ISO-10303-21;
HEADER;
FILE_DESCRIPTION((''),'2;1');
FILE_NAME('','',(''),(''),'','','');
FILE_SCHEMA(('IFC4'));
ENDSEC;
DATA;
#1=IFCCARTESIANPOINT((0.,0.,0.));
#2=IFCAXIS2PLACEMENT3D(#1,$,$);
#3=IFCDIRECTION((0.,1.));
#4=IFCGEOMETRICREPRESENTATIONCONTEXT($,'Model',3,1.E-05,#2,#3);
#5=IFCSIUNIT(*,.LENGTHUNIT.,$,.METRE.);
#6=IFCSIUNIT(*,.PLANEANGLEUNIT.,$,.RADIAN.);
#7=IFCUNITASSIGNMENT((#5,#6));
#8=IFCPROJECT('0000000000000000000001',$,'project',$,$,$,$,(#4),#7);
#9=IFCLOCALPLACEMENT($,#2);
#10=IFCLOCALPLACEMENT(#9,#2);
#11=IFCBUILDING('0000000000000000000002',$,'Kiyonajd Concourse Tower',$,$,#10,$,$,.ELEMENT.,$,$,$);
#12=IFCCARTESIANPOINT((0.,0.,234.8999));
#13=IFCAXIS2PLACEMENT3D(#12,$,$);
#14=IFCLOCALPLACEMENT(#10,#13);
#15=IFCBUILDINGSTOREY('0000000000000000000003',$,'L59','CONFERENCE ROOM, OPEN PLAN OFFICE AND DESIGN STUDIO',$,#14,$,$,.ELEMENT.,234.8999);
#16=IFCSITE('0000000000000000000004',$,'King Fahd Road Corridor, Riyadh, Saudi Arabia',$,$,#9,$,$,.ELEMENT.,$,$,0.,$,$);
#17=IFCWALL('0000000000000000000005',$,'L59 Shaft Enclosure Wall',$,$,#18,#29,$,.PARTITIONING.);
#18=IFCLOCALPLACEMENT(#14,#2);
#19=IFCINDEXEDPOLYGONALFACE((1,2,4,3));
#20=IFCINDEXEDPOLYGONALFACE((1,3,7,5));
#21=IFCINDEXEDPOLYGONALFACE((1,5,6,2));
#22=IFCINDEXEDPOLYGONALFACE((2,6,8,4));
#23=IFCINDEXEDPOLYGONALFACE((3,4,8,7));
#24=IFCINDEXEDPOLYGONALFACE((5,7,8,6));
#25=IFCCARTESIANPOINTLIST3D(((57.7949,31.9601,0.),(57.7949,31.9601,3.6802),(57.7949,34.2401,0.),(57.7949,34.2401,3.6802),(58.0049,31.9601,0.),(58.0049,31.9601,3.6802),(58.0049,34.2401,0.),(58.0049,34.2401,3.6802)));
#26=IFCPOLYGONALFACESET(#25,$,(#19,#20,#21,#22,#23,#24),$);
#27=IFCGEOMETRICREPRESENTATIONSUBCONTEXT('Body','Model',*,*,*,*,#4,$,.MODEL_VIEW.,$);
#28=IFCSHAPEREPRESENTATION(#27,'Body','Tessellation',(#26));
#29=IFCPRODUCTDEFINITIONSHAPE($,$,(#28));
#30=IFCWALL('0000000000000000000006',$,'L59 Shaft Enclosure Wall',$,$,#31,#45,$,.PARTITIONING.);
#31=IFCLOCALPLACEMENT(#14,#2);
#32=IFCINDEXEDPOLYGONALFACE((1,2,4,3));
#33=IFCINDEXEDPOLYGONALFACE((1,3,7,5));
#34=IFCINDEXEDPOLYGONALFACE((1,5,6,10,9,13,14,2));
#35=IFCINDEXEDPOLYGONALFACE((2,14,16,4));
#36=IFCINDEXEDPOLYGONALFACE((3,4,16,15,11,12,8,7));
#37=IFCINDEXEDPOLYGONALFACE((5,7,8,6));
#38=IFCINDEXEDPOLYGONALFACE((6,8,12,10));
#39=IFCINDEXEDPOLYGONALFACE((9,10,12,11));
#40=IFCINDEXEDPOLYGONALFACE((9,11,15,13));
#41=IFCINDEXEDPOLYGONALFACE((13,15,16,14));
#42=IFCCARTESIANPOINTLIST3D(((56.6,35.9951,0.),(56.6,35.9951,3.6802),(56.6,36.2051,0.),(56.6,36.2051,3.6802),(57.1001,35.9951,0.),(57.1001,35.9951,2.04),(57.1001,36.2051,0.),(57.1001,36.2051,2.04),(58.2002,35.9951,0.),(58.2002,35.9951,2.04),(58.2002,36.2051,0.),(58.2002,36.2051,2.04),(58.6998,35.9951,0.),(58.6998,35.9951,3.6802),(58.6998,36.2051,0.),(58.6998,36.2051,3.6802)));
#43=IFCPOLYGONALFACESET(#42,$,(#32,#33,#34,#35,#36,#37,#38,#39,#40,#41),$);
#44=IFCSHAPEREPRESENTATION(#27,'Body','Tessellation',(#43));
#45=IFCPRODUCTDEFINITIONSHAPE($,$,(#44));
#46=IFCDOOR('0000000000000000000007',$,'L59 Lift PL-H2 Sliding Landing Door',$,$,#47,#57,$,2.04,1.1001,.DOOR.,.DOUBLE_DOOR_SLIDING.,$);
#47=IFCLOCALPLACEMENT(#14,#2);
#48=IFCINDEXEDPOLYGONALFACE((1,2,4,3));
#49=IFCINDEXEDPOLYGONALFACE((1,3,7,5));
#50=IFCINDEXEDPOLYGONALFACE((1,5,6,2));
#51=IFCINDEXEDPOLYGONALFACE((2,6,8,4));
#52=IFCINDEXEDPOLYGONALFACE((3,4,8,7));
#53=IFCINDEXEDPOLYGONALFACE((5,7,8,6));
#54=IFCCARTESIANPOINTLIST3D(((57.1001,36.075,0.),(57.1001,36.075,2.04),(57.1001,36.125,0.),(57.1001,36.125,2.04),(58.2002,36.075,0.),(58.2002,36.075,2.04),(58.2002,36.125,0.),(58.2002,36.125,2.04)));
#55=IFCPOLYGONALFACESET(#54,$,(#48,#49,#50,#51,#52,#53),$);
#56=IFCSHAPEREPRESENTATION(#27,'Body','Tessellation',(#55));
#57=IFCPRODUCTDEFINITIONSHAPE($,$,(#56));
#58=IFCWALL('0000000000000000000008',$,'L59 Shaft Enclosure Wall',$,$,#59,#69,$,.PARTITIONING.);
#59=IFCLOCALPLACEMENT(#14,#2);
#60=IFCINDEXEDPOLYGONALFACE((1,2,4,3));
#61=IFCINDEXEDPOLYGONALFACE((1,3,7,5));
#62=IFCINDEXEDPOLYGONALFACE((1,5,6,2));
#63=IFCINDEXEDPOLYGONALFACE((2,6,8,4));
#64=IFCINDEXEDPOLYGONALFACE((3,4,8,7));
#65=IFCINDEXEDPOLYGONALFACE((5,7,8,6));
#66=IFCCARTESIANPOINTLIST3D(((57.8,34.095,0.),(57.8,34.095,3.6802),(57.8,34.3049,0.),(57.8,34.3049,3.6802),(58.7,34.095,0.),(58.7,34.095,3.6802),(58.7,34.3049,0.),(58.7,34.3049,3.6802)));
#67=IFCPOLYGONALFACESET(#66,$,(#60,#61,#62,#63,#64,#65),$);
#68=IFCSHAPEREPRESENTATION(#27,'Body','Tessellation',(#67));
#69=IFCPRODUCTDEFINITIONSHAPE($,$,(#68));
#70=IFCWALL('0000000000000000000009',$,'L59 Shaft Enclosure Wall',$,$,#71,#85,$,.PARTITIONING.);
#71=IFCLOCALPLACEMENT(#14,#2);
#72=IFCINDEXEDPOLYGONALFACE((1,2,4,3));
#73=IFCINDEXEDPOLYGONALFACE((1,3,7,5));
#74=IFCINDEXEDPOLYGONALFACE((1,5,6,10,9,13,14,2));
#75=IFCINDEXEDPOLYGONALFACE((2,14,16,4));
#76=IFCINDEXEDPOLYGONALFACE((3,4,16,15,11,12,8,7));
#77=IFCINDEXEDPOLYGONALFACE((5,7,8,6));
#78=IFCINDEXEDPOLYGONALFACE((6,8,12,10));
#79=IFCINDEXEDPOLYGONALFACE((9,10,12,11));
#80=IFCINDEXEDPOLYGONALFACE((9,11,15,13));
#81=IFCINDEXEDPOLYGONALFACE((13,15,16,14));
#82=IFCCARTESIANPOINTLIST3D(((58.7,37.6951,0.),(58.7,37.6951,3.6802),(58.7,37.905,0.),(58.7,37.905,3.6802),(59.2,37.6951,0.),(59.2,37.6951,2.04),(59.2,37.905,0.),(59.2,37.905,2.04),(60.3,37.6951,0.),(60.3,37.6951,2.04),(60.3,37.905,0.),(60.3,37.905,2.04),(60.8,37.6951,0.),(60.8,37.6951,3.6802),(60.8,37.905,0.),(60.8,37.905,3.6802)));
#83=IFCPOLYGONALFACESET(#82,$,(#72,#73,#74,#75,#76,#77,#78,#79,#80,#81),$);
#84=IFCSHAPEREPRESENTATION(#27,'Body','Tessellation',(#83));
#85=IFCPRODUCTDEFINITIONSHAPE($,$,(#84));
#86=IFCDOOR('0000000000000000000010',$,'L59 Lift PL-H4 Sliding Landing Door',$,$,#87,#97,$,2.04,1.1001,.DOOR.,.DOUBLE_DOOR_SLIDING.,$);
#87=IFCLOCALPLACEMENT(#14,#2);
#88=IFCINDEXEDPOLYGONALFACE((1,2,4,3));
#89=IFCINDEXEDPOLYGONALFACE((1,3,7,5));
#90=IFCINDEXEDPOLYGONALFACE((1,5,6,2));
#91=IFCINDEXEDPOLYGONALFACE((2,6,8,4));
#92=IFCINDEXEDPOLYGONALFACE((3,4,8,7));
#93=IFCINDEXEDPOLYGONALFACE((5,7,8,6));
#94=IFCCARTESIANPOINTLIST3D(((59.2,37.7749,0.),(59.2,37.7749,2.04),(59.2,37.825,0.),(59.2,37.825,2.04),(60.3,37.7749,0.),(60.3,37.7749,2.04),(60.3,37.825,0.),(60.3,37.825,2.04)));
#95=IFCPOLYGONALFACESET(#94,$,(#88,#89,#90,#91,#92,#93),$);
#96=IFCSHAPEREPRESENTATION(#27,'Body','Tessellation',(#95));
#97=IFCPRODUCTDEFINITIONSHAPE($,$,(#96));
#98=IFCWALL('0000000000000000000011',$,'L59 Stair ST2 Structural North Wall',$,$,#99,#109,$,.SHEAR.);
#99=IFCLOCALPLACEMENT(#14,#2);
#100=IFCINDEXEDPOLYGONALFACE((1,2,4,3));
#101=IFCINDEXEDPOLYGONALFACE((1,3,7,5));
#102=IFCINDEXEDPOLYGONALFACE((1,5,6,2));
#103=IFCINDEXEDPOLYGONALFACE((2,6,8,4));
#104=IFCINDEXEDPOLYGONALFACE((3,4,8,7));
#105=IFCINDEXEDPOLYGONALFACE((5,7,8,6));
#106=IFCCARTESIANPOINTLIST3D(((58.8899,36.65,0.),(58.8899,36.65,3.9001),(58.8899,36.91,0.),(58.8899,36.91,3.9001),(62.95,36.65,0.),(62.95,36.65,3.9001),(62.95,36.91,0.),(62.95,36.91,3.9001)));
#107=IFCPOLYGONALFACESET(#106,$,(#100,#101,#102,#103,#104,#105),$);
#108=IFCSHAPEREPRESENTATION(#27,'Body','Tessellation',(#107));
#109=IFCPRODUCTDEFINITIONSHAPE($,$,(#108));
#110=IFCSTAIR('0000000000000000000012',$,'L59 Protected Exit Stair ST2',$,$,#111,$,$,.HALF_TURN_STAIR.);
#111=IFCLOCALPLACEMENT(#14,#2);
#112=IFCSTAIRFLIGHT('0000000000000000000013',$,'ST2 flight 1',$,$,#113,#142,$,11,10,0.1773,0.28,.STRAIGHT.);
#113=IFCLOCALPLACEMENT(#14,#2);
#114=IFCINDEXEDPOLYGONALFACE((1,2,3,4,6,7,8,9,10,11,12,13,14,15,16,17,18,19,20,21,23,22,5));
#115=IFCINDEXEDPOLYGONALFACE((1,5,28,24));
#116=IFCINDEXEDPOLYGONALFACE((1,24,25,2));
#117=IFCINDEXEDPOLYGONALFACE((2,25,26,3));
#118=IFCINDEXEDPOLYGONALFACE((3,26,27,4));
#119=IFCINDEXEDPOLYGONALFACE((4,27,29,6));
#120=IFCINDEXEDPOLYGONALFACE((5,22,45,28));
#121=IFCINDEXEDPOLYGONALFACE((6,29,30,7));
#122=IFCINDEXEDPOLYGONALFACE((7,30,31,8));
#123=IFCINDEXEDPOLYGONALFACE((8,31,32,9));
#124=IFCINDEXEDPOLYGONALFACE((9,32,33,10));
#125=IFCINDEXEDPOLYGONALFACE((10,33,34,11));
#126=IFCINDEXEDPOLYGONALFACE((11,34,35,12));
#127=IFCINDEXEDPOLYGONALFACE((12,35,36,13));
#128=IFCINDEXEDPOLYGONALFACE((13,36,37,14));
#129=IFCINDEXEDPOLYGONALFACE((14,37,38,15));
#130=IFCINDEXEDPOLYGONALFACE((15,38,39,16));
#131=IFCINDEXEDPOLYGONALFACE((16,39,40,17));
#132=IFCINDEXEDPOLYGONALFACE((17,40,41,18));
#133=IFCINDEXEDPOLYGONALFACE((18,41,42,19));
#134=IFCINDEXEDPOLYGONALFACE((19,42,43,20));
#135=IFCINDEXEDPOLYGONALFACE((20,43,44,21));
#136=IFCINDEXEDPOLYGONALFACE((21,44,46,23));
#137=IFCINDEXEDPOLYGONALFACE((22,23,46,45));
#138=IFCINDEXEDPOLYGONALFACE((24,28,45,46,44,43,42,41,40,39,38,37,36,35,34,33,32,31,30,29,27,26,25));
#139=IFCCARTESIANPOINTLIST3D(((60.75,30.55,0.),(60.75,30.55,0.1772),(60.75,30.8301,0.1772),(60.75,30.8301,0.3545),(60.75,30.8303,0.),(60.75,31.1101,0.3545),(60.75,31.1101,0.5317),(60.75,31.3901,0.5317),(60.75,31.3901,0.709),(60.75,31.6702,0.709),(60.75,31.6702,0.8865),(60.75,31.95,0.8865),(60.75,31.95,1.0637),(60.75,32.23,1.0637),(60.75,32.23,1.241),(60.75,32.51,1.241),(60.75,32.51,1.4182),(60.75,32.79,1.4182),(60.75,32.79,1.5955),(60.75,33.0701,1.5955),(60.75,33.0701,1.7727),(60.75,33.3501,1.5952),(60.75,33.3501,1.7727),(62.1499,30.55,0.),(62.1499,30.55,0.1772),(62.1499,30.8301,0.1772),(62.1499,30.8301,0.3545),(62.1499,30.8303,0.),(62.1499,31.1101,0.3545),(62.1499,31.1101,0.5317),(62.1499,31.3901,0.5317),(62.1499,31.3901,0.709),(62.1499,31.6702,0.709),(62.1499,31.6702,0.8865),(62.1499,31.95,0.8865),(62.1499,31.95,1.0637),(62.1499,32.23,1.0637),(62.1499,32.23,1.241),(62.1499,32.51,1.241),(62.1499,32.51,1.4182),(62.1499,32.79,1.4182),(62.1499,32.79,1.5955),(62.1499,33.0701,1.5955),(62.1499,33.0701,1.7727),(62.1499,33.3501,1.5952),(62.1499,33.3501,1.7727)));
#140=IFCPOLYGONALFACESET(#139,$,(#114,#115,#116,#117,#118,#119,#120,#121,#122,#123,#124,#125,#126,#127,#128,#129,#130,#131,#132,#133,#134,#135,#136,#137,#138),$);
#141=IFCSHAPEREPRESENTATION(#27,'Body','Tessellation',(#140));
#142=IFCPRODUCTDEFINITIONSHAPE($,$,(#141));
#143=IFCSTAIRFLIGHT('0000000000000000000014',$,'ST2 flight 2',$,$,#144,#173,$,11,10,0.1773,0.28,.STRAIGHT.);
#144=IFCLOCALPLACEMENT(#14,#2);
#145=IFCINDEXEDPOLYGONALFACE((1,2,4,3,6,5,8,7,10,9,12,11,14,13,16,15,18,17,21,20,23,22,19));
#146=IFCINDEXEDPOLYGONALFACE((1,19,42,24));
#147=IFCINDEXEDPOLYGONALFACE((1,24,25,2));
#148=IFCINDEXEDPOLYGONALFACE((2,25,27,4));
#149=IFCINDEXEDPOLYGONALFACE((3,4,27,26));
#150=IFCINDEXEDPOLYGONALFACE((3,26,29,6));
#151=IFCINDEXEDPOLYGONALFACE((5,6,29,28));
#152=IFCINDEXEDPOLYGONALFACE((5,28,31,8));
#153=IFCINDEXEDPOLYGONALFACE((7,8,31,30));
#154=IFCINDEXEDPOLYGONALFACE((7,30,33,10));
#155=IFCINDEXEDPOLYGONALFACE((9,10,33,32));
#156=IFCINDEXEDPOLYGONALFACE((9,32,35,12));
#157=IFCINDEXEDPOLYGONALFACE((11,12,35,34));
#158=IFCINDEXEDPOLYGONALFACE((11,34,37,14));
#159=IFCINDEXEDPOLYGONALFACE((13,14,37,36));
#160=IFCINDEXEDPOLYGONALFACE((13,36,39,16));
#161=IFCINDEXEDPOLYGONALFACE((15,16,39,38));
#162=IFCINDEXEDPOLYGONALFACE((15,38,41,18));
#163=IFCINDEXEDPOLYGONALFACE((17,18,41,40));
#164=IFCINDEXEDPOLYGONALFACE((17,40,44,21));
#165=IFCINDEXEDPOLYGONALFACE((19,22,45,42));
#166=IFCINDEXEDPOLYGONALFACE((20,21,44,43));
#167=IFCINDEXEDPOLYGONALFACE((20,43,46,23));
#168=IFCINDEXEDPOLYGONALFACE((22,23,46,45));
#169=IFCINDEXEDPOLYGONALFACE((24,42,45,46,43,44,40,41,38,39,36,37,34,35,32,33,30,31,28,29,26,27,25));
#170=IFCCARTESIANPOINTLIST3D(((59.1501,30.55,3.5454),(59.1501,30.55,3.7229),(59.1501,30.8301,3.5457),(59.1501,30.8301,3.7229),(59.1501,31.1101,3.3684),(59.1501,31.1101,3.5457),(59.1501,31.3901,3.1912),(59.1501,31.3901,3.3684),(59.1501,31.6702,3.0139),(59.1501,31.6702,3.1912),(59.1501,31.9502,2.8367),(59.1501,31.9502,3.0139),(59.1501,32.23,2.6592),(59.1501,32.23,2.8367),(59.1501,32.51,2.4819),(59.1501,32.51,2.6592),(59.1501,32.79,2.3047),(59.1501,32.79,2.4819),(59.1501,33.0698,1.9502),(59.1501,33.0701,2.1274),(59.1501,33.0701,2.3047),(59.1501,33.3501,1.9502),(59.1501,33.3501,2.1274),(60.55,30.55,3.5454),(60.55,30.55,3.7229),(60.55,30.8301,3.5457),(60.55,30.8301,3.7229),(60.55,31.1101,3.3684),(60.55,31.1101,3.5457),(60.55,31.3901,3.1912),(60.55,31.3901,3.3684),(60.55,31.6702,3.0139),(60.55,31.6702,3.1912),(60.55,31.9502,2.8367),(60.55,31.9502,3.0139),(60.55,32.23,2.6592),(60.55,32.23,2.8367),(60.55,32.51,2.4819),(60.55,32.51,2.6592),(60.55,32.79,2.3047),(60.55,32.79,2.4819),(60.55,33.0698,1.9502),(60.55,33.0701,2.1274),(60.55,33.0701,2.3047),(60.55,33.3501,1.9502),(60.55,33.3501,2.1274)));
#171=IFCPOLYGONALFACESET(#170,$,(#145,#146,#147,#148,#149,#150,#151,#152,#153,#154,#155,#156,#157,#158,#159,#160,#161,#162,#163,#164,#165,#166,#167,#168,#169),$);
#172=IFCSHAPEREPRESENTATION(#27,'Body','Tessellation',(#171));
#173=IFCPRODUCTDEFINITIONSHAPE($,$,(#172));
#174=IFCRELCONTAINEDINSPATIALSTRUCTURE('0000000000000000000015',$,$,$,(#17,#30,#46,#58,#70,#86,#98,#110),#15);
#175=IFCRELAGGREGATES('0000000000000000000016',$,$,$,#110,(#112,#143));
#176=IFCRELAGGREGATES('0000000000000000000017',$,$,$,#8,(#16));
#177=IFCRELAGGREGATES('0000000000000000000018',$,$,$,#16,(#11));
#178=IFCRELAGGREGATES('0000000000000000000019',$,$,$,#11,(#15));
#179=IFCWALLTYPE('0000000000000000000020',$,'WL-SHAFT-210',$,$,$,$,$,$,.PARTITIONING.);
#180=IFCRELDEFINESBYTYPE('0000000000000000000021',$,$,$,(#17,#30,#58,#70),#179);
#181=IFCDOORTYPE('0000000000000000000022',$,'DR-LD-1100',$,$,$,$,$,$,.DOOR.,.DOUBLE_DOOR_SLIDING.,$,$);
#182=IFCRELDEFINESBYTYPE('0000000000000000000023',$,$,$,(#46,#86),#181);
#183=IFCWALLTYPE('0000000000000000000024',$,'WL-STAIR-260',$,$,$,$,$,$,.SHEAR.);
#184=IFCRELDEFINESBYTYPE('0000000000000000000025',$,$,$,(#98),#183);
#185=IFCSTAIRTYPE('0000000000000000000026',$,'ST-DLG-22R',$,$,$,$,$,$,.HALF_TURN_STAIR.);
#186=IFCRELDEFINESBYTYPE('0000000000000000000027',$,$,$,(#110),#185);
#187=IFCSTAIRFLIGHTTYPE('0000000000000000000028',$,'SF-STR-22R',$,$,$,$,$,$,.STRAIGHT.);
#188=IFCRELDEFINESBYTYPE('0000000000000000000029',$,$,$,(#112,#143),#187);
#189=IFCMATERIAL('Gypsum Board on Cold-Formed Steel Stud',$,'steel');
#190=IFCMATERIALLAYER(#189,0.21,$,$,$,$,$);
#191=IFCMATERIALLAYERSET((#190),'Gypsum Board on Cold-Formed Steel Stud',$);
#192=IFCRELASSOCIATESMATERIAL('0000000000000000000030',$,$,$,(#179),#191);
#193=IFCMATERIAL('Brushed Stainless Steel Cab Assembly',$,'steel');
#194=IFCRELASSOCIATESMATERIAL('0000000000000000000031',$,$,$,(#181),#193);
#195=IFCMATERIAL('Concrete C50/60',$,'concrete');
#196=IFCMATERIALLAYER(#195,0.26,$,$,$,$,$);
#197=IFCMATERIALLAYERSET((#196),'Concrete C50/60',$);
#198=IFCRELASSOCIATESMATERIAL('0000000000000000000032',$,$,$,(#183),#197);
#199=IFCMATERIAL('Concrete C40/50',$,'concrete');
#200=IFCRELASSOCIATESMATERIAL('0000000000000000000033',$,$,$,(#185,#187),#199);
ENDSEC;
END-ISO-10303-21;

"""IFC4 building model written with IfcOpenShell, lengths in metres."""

from ifc_helpers import new_model, si_unit, direction, frame, frame_2d, origin, place, context, subcontext, project, spatial, polyline, rectangle, outline, extrude, material, layer, layer_set, type_object, element, fill, aggregate, save


model = new_model("IFC4")

# Units and contexts
model_context = context("Model", 3, precision=1e-05, world=origin(), true_north=direction((0.0, 1.0)))
body_context = subcontext(model_context, "Body", "Model", "MODEL_VIEW")
ifc_project = project(units=[si_unit("LENGTHUNIT", "METRE"), si_unit("PLANEANGLEUNIT", "RADIAN")], contexts=[model_context])

# Site, building, storey
site_placement = place(None, origin())
site = spatial("IfcSite", under=ifc_project, at=site_placement, Name="King Fahd Road Corridor, Riyadh, Saudi Arabia", CompositionType="ELEMENT", RefElevation=0.0)
building_placement = place(site_placement, origin())
building = spatial("IfcBuilding", under=site, at=building_placement, Name="Kiyonajd Concourse Tower", CompositionType="ELEMENT")
storey_placement = place(building_placement, frame((0.0, 0.0, 234.8999)))
storey = spatial("IfcBuildingStorey", under=building, at=storey_placement, Name="L59", Description="CONFERENCE ROOM, OPEN PLAN OFFICE AND DESIGN STUDIO", CompositionType="ELEMENT", Elevation=234.8999)

# Wall
ifc_material_1 = material(Name="Gypsum Board on Cold-Formed Steel Stud", Category="steel")
ifc_layer_1 = layer(ifc_material_1, 0.21)
ifc_layer_set_1 = layer_set([ifc_layer_1], Name="Gypsum Board on Cold-Formed Steel Stud")
wall_type_1 = type_object("IfcWallType", Name="WL-SHAFT-210", PredefinedType="PARTITIONING", material=ifc_layer_set_1)
wall_1_placement = place(storey_placement, frame((57.8999, 31.96, 0.0), z_axis=(0.0, 0.0, 1.0), x_axis=(0.0, 1.0, 0.0)))
element("IfcWall", 1, at=wall_1_placement, inside=storey, type_object=wall_type_1, Name="L59 Shaft Enclosure Wall", PredefinedType="PARTITIONING", context=body_context, shape_type="SweptSolid", body=[
    extrude(rectangle(XDim=2.28, YDim=0.21, at=frame_2d((1.1401, 0.0))), origin(), (0.0, 0.0, 1.0), 3.6802),
])

# Wall, opening, door
wall_2_placement = place(storey_placement, frame((56.6001, 36.1001, 0.0), z_axis=(0.0, 0.0, 1.0), x_axis=(1.0, 0.0, 0.0)))
wall_2 = element("IfcWall", 2, at=wall_2_placement, inside=storey, type_object=wall_type_1, Name="L59 Shaft Enclosure Wall", PredefinedType="PARTITIONING", context=body_context, shape_type="SweptSolid", body=[
    extrude(rectangle(XDim=2.0999, YDim=0.21, at=frame_2d((1.0498, 0.0))), origin(), (0.0, 0.0, 1.0), 3.6802),
])
opening_1_placement = place(wall_2_placement, frame((0.5, 0.0, 0.0)))
opening_1 = element("IfcOpeningElement", 3, at=opening_1_placement, cuts=wall_2, PredefinedType="OPENING", context=body_context, shape_type="SweptSolid", body=[
    extrude(rectangle(XDim=1.1001, YDim=2.04, at=frame_2d((0.55, 1.02))), frame((0.0, 0.115, 0.0), z_axis=(0.0, -1.0, 0.0), x_axis=(1.0, 0.0, 0.0)), (0.0, 0.0, 1.0), 0.23),
])
ifc_material_2 = material(Name="Brushed Stainless Steel Cab Assembly", Category="steel")
door_type = type_object("IfcDoorType", Name="DR-LD-1100", OperationType="DOUBLE_DOOR_SLIDING", PredefinedType="DOOR", material=ifc_material_2)
door_1_placement = place(opening_1_placement, origin())
door_1 = element("IfcDoor", 4, at=door_1_placement, inside=storey, type_object=door_type, Name="L59 Lift PL-H2 Sliding Landing Door", OperationType="DOUBLE_DOOR_SLIDING", OverallHeight=2.04, OverallWidth=1.1001, PredefinedType="DOOR", context=body_context, shape_type="SweptSolid", body=[
    extrude(rectangle(XDim=1.1001, YDim=2.04, at=frame_2d((0.55, 1.02))), frame((0.0, 0.0249, 0.0), z_axis=(0.0, -1.0, 0.0), x_axis=(1.0, 0.0, 0.0)), (0.0, 0.0, 1.0), 0.05),
])
fill(opening_1, door_1)

# Wall
wall_3_placement = place(storey_placement, frame((57.8, 34.2, 0.0), z_axis=(0.0, 0.0, 1.0), x_axis=(1.0, 0.0, 0.0)))
element("IfcWall", 5, at=wall_3_placement, inside=storey, type_object=wall_type_1, Name="L59 Shaft Enclosure Wall", PredefinedType="PARTITIONING", context=body_context, shape_type="SweptSolid", body=[
    extrude(rectangle(XDim=0.8999, YDim=0.21, at=frame_2d((0.45, 0.0))), origin(), (0.0, 0.0, 1.0), 3.6802),
])

# Wall, opening, door
wall_4_placement = place(storey_placement, frame((58.7, 37.8, 0.0), z_axis=(0.0, 0.0, 1.0), x_axis=(1.0, 0.0, 0.0)))
wall_4 = element("IfcWall", 6, at=wall_4_placement, inside=storey, type_object=wall_type_1, Name="L59 Shaft Enclosure Wall", PredefinedType="PARTITIONING", context=body_context, shape_type="SweptSolid", body=[
    extrude(rectangle(XDim=2.1001, YDim=0.21, at=frame_2d((1.05, 0.0))), origin(), (0.0, 0.0, 1.0), 3.6802),
])
opening_2_placement = place(wall_4_placement, frame((0.5, 0.0, 0.0)))
opening_2 = element("IfcOpeningElement", 7, at=opening_2_placement, cuts=wall_4, PredefinedType="OPENING", context=body_context, shape_type="SweptSolid", body=[
    extrude(rectangle(XDim=1.1001, YDim=2.04, at=frame_2d((0.55, 1.02))), frame((0.0, 0.115, 0.0), z_axis=(0.0, -1.0, 0.0), x_axis=(1.0, 0.0, 0.0)), (0.0, 0.0, 1.0), 0.23),
])
door_2_placement = place(opening_2_placement, origin())
door_2 = element("IfcDoor", 8, at=door_2_placement, inside=storey, type_object=door_type, Name="L59 Lift PL-H4 Sliding Landing Door", OperationType="DOUBLE_DOOR_SLIDING", OverallHeight=2.04, OverallWidth=1.1001, PredefinedType="DOOR", context=body_context, shape_type="SweptSolid", body=[
    extrude(rectangle(XDim=1.1001, YDim=2.04, at=frame_2d((0.55, 1.02))), frame((0.0, 0.0249, 0.0), z_axis=(0.0, -1.0, 0.0), x_axis=(1.0, 0.0, 0.0)), (0.0, 0.0, 1.0), 0.05),
])
fill(opening_2, door_2)

# Wall
ifc_material_3 = material(Name="Concrete C50/60", Category="concrete")
ifc_layer_2 = layer(ifc_material_3, 0.26)
ifc_layer_set_2 = layer_set([ifc_layer_2], Name="Concrete C50/60")
wall_type_2 = type_object("IfcWallType", Name="WL-STAIR-260", PredefinedType="SHEAR", material=ifc_layer_set_2)
wall_5_placement = place(storey_placement, frame((58.8899, 36.78, 0.0), z_axis=(0.0, 0.0, 1.0), x_axis=(1.0, 0.0, 0.0)))
element("IfcWall", 9, at=wall_5_placement, inside=storey, type_object=wall_type_2, Name="L59 Stair ST2 Structural North Wall", PredefinedType="SHEAR", context=body_context, shape_type="SweptSolid", body=[
    extrude(rectangle(XDim=4.0601, YDim=0.26, at=frame_2d((2.03, 0.0))), origin(), (0.0, 0.0, 1.0), 3.9001),
])

# Stair, stair flights
ifc_material_4 = material(Name="Concrete C40/50", Category="concrete")
stair_type = type_object("IfcStairType", Name="ST-DLG-22R", PredefinedType="HALF_TURN_STAIR", material=ifc_material_4)
stair_placement = place(storey_placement, origin())
stair = element("IfcStair", 10, at=stair_placement, inside=storey, type_object=stair_type, Name="L59 Protected Exit Stair ST2", PredefinedType="HALF_TURN_STAIR")
stair_flight_type = type_object("IfcStairFlightType", Name="SF-STR-22R", PredefinedType="STRAIGHT", material=ifc_material_4)
stair_flight_1_placement = place(storey_placement, frame((61.45, 30.55, 0.0), z_axis=(0.0, 0.0, 1.0), x_axis=(0.0, 1.0, 0.0)))
stair_flight_1 = element("IfcStairFlight", 11, at=stair_flight_1_placement, type_object=stair_flight_type, Name="ST2 flight 1", NumberOfRisers=11, NumberOfTreads=10, PredefinedType="STRAIGHT", RiserHeight=0.1773, TreadLength=0.28, context=body_context, shape_type="SweptSolid", body=[
    extrude(outline(polyline([(0.0, 0.0), (0.0, 0.1772), (0.28, 0.1772), (0.28, 0.3545), (0.5601, 0.3545), (0.5601, 0.5317), (0.8401, 0.5317), (0.8401, 0.709), (1.1201, 0.709), (1.1201, 0.8865), (1.3999, 0.8865), (1.3999, 1.0637), (1.6799, 1.0637), (1.6799, 1.241), (1.96, 1.241), (1.96, 1.4182), (2.24, 1.4182), (2.24, 1.5955), (2.52, 1.5955), (2.52, 1.7727), (2.8, 1.7727), (2.8, 1.95), (2.8, 1.5952), (0.2803, 0.0), (0.0, 0.0)])), frame((0.0, 0.7, 0.0), z_axis=(0.0, -1.0, 0.0), x_axis=(1.0, 0.0, 0.0)), (0.0, 0.0, 1.0), 1.3999),
])
stair_flight_2_placement = place(storey_placement, frame((59.8501, 33.3501, 1.9502), z_axis=(0.0, 0.0, 1.0), x_axis=(0.0, -1.0, 0.0)))
stair_flight_2 = element("IfcStairFlight", 12, at=stair_flight_2_placement, type_object=stair_flight_type, Name="ST2 flight 2", NumberOfRisers=11, NumberOfTreads=10, PredefinedType="STRAIGHT", RiserHeight=0.1773, TreadLength=0.28, context=body_context, shape_type="SweptSolid", body=[
    extrude(outline(polyline([(0.0, 0.0), (0.0, 0.1772), (0.28, 0.1772), (0.28, 0.3545), (0.5601, 0.3545), (0.5601, 0.5317), (0.8401, 0.5317), (0.8401, 0.709), (1.1201, 0.709), (1.1201, 0.8865), (1.3999, 0.8865), (1.3999, 1.0637), (1.6799, 1.0637), (1.6799, 1.241), (1.96, 1.241), (1.96, 1.4182), (2.24, 1.4182), (2.24, 1.5955), (2.52, 1.5955), (2.52, 1.7727), (2.8, 1.7727), (2.8, 1.95), (2.8, 1.5952), (0.2803, 0.0), (0.0, 0.0)])), frame((0.0, 0.7, 0.0), z_axis=(0.0, -1.0, 0.0), x_axis=(1.0, 0.0, 0.0)), (0.0, 0.0, 1.0), 1.3999),
])
aggregate(stair, [stair_flight_1, stair_flight_2])

save(model, "model.ifc")
